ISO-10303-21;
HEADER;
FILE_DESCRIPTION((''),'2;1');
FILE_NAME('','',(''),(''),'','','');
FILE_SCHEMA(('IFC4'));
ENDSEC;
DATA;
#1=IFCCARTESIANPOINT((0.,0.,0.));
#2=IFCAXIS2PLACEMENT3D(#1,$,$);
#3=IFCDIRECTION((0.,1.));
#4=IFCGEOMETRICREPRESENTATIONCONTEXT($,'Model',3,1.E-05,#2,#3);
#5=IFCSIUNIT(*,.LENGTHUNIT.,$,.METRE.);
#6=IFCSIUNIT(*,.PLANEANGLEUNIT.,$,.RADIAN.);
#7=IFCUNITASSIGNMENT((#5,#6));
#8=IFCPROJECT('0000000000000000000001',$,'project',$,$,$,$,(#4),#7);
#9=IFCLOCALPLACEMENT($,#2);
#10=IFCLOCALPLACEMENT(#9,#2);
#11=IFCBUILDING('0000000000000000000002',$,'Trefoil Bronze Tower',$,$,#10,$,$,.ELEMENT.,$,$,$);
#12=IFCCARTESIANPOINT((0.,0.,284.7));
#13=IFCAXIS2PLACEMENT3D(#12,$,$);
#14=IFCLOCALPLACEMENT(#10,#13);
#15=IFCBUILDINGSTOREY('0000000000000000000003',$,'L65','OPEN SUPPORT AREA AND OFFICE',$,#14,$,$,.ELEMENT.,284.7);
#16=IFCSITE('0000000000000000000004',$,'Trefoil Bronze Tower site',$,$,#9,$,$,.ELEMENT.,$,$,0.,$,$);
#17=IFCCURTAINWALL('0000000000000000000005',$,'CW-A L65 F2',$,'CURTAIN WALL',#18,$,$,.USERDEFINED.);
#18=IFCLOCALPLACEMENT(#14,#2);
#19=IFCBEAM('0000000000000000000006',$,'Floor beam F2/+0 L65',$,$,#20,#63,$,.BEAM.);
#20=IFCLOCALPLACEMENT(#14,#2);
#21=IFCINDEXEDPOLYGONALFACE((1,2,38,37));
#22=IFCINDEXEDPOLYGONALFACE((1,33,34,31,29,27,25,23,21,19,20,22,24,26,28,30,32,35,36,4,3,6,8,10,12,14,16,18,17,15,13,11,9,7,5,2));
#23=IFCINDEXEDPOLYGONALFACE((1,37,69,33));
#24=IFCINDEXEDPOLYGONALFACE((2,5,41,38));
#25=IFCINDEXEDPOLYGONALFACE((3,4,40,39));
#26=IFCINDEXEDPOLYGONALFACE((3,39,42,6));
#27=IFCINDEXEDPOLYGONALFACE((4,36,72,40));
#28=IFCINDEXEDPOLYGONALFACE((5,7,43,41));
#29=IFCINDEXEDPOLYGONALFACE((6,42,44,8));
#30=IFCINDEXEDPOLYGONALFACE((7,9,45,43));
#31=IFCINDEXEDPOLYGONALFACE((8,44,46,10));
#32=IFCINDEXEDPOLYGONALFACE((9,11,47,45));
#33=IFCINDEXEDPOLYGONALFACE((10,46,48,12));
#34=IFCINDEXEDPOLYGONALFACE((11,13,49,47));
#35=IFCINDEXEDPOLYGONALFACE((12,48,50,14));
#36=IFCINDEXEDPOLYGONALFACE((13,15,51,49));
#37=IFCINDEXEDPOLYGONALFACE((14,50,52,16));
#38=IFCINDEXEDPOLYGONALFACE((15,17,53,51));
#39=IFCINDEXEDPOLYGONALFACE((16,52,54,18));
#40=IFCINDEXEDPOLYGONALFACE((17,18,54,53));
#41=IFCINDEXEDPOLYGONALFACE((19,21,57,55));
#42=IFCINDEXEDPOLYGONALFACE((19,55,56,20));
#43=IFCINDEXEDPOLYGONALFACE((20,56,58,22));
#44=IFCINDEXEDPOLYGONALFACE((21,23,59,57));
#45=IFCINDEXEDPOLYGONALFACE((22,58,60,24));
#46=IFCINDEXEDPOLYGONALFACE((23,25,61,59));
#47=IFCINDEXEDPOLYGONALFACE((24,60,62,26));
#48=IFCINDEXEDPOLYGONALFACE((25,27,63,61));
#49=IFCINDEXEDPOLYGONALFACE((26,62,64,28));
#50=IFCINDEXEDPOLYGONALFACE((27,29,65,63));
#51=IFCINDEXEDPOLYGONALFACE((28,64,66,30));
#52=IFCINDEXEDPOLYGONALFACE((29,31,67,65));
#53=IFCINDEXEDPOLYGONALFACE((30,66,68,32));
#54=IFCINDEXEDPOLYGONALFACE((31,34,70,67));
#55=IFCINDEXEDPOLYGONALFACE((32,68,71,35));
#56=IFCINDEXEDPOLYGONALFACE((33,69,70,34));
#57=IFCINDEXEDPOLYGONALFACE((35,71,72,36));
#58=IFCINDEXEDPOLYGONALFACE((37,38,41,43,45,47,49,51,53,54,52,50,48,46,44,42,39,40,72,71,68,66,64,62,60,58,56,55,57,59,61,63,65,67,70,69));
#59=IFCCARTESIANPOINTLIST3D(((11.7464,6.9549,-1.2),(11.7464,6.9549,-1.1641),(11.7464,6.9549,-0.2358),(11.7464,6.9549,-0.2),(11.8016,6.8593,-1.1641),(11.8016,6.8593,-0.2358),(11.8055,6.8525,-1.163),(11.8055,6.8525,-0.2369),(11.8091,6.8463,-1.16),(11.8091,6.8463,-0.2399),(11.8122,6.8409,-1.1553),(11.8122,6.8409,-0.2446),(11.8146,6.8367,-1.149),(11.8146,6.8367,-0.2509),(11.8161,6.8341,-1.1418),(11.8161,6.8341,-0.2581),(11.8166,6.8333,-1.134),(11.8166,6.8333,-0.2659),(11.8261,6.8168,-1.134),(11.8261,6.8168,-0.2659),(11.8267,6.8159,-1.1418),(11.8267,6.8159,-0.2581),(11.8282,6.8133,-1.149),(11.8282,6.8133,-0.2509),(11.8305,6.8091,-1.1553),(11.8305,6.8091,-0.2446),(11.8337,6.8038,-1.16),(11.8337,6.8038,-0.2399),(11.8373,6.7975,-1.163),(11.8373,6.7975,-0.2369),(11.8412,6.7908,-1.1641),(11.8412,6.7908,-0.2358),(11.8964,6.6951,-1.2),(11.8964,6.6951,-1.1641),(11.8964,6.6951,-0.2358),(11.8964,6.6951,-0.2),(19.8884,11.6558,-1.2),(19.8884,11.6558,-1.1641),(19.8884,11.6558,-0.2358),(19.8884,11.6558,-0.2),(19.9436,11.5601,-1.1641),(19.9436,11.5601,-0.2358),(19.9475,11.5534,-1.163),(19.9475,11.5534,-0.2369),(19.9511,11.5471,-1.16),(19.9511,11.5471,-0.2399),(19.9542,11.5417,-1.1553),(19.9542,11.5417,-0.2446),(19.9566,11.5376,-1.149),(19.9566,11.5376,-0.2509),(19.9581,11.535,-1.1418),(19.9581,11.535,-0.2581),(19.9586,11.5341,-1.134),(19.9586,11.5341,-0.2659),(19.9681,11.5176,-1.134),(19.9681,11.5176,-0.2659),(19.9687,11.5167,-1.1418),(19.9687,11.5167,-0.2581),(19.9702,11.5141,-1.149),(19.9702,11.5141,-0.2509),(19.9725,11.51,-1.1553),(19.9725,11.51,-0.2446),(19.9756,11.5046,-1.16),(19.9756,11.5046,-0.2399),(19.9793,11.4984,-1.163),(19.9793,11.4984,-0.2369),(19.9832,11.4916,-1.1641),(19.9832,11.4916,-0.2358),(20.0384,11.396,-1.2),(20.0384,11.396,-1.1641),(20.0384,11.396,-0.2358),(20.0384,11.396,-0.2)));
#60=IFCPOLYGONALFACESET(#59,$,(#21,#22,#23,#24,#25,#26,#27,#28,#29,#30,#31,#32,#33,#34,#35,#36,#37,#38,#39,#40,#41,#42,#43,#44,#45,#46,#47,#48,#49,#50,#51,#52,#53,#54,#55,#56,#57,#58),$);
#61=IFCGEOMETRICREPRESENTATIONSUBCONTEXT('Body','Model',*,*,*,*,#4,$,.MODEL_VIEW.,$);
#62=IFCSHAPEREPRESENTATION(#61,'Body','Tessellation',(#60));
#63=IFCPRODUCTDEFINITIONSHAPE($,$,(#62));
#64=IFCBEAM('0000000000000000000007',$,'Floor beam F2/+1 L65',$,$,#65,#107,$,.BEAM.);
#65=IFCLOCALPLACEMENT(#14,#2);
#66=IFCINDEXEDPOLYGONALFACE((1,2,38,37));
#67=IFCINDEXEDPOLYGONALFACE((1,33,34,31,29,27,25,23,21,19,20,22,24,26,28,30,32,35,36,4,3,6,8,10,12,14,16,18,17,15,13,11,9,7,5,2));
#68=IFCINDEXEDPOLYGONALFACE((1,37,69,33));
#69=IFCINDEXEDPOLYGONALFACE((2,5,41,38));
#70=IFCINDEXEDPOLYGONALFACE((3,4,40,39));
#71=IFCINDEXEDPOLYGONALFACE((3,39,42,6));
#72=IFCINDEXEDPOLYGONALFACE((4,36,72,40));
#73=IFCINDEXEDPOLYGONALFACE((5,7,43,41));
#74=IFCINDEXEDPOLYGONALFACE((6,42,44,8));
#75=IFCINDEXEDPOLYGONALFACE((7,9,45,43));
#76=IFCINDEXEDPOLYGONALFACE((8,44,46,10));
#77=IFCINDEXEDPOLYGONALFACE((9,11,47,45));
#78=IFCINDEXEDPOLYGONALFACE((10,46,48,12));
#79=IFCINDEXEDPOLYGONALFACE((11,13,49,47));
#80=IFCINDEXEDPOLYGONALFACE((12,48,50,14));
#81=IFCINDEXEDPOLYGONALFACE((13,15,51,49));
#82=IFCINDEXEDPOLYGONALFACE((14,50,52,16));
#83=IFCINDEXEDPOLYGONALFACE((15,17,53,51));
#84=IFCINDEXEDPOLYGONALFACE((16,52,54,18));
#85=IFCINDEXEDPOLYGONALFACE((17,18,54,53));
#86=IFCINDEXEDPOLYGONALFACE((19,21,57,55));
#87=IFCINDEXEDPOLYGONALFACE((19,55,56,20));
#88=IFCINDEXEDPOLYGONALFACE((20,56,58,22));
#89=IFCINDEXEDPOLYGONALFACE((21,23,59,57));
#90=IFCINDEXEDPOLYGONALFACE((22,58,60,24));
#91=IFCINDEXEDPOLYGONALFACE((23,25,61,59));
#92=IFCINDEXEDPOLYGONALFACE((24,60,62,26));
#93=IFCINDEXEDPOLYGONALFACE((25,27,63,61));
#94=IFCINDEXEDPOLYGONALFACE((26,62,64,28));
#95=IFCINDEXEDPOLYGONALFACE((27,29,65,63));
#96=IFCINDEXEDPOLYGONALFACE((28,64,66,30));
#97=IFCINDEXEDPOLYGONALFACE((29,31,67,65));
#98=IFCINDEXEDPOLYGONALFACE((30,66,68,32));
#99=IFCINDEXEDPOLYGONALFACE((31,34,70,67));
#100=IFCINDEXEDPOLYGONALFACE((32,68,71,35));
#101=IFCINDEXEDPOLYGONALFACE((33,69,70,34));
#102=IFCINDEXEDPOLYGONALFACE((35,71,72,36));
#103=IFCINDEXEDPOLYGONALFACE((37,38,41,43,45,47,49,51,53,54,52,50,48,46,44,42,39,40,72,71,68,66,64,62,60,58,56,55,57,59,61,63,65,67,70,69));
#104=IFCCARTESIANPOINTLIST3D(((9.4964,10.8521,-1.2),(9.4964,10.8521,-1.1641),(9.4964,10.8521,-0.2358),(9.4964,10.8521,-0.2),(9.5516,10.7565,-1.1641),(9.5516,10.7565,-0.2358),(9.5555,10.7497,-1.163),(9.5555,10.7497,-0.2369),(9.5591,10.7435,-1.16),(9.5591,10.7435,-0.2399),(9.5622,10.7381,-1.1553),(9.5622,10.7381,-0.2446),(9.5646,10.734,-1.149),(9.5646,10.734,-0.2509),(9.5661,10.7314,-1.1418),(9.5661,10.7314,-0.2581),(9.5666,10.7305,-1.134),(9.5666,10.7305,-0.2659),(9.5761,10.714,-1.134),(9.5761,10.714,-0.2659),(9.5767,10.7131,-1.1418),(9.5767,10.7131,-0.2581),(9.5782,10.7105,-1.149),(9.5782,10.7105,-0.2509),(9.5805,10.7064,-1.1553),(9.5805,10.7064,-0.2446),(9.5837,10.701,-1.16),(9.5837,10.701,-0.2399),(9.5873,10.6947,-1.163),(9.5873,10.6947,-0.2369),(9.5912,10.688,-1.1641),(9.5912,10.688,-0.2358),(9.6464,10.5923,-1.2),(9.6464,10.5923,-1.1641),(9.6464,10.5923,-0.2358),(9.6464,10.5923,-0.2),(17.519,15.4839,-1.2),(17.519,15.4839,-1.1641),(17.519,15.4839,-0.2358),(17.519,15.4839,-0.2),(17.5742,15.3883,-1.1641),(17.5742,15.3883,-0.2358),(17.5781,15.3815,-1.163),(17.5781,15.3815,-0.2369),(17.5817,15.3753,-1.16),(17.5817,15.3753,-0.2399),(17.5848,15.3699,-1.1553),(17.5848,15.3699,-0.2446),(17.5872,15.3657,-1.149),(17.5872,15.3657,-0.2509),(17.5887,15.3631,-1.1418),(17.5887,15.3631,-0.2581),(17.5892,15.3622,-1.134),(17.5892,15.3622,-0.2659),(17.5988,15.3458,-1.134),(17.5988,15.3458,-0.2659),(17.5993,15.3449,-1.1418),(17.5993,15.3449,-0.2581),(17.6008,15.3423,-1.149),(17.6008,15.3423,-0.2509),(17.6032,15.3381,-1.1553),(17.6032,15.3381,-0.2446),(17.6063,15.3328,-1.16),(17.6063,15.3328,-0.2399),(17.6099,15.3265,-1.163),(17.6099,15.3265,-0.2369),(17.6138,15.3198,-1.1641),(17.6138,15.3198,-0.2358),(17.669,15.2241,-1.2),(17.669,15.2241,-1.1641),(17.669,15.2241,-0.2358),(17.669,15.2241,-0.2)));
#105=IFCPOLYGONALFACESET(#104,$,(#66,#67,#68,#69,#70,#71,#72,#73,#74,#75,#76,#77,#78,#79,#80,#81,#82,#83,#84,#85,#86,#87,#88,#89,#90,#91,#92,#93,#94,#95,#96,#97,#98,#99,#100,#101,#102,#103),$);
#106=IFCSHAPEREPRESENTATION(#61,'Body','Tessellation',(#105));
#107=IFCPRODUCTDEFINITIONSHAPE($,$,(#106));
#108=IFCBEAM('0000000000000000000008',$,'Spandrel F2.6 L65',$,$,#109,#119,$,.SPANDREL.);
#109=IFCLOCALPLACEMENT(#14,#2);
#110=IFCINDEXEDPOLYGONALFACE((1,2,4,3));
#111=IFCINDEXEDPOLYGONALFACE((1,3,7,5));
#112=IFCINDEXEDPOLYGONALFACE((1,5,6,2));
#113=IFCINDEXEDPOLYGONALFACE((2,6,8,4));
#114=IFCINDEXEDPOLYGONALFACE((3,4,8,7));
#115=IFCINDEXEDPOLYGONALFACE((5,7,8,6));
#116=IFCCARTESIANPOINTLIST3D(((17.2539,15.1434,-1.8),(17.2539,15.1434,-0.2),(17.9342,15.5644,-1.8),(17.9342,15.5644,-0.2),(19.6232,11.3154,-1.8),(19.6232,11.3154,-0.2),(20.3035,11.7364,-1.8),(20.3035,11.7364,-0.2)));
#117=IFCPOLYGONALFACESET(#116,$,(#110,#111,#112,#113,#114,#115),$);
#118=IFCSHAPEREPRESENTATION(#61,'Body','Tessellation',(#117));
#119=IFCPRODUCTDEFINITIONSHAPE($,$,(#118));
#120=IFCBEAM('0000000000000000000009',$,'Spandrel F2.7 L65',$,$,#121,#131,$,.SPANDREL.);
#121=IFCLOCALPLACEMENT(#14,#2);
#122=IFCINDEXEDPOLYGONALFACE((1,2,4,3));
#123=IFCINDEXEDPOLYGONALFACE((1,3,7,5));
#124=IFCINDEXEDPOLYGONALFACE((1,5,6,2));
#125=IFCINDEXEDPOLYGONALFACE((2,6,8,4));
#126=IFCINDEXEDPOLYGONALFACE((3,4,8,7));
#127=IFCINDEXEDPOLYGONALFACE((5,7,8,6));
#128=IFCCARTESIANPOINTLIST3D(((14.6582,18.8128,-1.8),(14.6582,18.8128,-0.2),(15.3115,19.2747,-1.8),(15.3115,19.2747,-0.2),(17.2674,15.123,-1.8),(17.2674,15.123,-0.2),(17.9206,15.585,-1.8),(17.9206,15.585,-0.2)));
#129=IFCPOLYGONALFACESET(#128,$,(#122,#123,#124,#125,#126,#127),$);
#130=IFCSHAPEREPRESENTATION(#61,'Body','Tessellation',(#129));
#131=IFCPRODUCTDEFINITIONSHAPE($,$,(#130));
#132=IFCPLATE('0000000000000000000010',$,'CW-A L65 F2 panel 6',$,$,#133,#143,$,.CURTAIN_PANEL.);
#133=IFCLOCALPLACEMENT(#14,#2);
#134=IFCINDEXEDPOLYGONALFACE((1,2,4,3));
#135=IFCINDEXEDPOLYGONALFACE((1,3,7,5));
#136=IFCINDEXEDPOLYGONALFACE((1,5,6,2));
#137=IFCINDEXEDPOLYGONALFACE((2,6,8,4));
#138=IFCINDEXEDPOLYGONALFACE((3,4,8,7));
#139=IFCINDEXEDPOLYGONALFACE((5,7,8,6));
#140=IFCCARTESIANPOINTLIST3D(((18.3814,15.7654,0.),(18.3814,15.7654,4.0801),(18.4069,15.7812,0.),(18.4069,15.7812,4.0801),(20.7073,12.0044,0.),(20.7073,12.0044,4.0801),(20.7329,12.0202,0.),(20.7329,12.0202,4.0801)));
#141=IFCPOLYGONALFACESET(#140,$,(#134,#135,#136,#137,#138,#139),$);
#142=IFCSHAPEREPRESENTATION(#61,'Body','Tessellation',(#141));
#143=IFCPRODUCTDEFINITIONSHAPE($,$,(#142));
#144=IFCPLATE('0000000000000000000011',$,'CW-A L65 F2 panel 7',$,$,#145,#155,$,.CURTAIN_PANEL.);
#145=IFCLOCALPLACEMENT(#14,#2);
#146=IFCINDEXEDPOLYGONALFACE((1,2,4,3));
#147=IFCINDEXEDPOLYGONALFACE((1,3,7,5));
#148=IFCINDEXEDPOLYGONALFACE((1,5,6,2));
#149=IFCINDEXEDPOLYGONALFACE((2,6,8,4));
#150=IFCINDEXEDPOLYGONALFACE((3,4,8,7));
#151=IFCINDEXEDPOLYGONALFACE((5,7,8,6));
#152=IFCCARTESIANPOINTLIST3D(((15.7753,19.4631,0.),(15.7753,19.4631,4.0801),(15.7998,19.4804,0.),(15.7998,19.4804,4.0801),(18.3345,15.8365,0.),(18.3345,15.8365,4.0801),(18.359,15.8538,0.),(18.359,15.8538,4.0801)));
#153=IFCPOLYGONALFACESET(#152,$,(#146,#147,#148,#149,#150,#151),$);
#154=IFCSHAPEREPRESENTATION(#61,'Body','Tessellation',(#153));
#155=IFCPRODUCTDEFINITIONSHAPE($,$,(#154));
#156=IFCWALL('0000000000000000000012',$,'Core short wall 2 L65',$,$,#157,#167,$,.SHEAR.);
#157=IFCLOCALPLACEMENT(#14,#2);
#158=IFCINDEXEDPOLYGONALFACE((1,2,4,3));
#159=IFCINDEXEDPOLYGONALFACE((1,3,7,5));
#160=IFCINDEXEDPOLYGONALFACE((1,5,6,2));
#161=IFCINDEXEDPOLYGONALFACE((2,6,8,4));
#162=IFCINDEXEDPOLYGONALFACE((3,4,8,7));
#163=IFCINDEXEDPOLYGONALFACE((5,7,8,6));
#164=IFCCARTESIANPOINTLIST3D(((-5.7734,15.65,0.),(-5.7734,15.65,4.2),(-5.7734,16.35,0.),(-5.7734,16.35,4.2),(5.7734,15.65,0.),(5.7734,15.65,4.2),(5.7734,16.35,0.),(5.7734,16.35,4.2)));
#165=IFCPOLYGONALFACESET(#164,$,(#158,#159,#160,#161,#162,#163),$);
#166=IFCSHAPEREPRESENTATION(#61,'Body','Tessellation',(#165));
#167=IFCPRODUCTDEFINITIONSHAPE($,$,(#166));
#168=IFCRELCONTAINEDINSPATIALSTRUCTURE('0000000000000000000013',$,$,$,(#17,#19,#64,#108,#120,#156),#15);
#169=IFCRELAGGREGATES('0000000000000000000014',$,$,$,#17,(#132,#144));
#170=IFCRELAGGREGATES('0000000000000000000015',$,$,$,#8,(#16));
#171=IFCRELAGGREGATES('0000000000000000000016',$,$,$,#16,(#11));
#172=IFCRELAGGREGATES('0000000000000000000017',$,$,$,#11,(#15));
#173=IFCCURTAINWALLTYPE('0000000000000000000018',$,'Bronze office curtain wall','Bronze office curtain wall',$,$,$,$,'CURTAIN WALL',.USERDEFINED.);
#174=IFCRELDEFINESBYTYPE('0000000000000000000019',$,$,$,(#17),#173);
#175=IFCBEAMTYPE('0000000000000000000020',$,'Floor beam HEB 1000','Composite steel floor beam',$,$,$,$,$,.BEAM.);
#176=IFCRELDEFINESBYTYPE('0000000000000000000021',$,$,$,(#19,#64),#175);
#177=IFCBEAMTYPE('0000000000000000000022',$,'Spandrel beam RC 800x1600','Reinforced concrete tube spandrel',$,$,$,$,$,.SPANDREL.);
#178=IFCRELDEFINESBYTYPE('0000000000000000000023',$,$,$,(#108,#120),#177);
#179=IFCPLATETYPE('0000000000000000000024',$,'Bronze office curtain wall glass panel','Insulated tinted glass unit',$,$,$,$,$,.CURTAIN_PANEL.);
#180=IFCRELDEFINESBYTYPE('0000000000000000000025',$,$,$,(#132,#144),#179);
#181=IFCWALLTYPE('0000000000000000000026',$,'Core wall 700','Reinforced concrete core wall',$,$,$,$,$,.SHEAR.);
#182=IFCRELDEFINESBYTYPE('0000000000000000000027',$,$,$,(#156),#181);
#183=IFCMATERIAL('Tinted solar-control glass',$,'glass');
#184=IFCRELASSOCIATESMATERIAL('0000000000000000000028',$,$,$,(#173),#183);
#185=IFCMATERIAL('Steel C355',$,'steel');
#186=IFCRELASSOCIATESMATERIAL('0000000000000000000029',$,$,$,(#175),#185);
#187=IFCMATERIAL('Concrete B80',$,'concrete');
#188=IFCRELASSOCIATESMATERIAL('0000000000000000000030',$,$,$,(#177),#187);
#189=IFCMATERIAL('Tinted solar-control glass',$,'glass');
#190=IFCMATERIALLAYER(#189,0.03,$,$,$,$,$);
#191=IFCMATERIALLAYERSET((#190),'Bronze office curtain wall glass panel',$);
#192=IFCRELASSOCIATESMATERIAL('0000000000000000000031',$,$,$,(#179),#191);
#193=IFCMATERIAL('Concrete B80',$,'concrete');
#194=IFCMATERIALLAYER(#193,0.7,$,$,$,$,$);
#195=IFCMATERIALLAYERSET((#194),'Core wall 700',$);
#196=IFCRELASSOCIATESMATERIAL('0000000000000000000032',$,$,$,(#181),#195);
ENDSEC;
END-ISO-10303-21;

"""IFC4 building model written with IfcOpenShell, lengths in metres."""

from ifc_helpers import new_model, si_unit, direction, frame, frame_2d, origin, origin_2d, place, context, subcontext, project, spatial, rectangle, i_section, extrude, material, layer, layer_set, material_profile, profile_set, type_object, element, aggregate, save


model = new_model("IFC4")

# Units and contexts
model_context = context("Model", 3, precision=1e-05, world=origin(), true_north=direction((0.0, 1.0)))
body_context = subcontext(model_context, "Body", "Model", "MODEL_VIEW")
ifc_project = project(units=[si_unit("LENGTHUNIT", "METRE"), si_unit("PLANEANGLEUNIT", "RADIAN")], contexts=[model_context])

# Site, building, storey
site_placement = place(None, origin())
site = spatial("IfcSite", under=ifc_project, at=site_placement, Name="Trefoil Bronze Tower site", CompositionType="ELEMENT", RefElevation=0.0)
building_placement = place(site_placement, origin())
building = spatial("IfcBuilding", under=site, at=building_placement, Name="Trefoil Bronze Tower", CompositionType="ELEMENT")
storey_placement = place(building_placement, frame((0.0, 0.0, 284.7)))
storey = spatial("IfcBuildingStorey", under=building, at=storey_placement, Name="L65", Description="OPEN SUPPORT AREA AND OFFICE", CompositionType="ELEMENT", Elevation=284.7)

# Curtain wall
ifc_material_1 = material(Name="Tinted solar-control glass", Category="glass")
curtain_wall_type = type_object("IfcCurtainWallType", Name="Bronze office curtain wall", Description="Bronze office curtain wall", ElementType="CURTAIN WALL", PredefinedType="USERDEFINED", material=ifc_material_1)
curtain_wall_placement = place(storey_placement, origin())
curtain_wall = element("IfcCurtainWall", 1, at=curtain_wall_placement, inside=storey, type_object=curtain_wall_type, Name="CW-A L65 F2", ObjectType="CURTAIN WALL", PredefinedType="USERDEFINED")

# Beams
ifc_material_2 = material(Name="Steel C355", Category="steel")
ifc_material_profile_1 = material_profile(ifc_material_2, i_section(OverallWidth=0.3, OverallDepth=1.0, WebThickness=0.019, FlangeThickness=0.0359, FilletRadius=0.03, at=origin_2d()), Name="HEB 1000")
ifc_profile_set_1 = profile_set([ifc_material_profile_1], Name="Steel C355")
beam_type_1 = type_object("IfcBeamType", Name="Floor beam HEB 1000", Description="Composite steel floor beam", PredefinedType="BEAM", material=ifc_profile_set_1)
beam_1_placement = place(storey_placement, frame((19.9634, 11.5259, -0.7), z_axis=(-0.866021, -0.500007, 0.0), x_axis=(0.500007, -0.866021, 0.0)))
element("IfcBeam", 2, at=beam_1_placement, inside=storey, type_object=beam_type_1, Name="Floor beam F2/+0 L65", PredefinedType="BEAM", context=body_context, shape_type="SweptSolid", body=[
    extrude(i_section(OverallWidth=0.3, OverallDepth=1.0, WebThickness=0.019, FlangeThickness=0.0359, FilletRadius=0.03, at=origin_2d()), origin(), (0.0, 0.0, 1.0), 9.4016),
])
beam_2_placement = place(storey_placement, frame((17.594, 15.354, -0.7), z_axis=(-0.866029, -0.499994, 0.0), x_axis=(0.499994, -0.866029, 0.0)))
element("IfcBeam", 3, at=beam_2_placement, inside=storey, type_object=beam_type_1, Name="Floor beam F2/+1 L65", PredefinedType="BEAM", context=body_context, shape_type="SweptSolid", body=[
    extrude(i_section(OverallWidth=0.3, OverallDepth=1.0, WebThickness=0.019, FlangeThickness=0.0359, FilletRadius=0.03, at=origin_2d()), origin(), (0.0, 0.0, 1.0), 9.2637),
])
ifc_material_3 = material(Name="Concrete B80", Category="concrete")
ifc_material_profile_2 = material_profile(ifc_material_3, rectangle(XDim=0.8, YDim=1.6001, at=origin_2d()), Name="RC 800x1600")
ifc_profile_set_2 = profile_set([ifc_material_profile_2], Name="Concrete B80")
beam_type_2 = type_object("IfcBeamType", Name="Spandrel beam RC 800x1600", Description="Reinforced concrete tube spandrel", PredefinedType="SPANDREL", material=ifc_profile_set_2)
beam_3_placement = place(storey_placement, frame((19.9634, 11.5259, -1.0), z_axis=(-0.526289, 0.850306, 0.0), x_axis=(-0.850306, -0.526289, 0.0)))
element("IfcBeam", 4, at=beam_3_placement, inside=storey, type_object=beam_type_2, Name="Spandrel F2.6 L65", PredefinedType="SPANDREL", context=body_context, shape_type="SweptSolid", body=[
    extrude(rectangle(XDim=0.8, YDim=1.6001, at=origin_2d()), origin(), (0.0, 0.0, 1.0), 4.502),
])
beam_4_placement = place(storey_placement, frame((17.594, 15.354, -1.0), z_axis=(-0.577368, 0.816484, 0.0), x_axis=(-0.816484, -0.577368, 0.0)))
element("IfcBeam", 5, at=beam_4_placement, inside=storey, type_object=beam_type_2, Name="Spandrel F2.7 L65", PredefinedType="SPANDREL", context=body_context, shape_type="SweptSolid", body=[
    extrude(rectangle(XDim=0.8, YDim=1.6001, at=origin_2d()), origin(), (0.0, 0.0, 1.0), 4.519),
])

# Plates
ifc_material_4 = material(Name="Tinted solar-control glass", Category="glass")
ifc_layer_1 = layer(ifc_material_4, 0.03)
ifc_layer_set_1 = layer_set([ifc_layer_1], Name="Bronze office curtain wall glass panel")
plate_type = type_object("IfcPlateType", Name="Bronze office curtain wall glass panel", Description="Insulated tinted glass unit", PredefinedType="CURTAIN_PANEL", material=ifc_layer_set_1)
plate_1_placement = place(storey_placement, frame((19.5571, 13.8928, 0.0), z_axis=(0.0, 0.0, 1.0), x_axis=(-0.52598, 0.850497, 0.0)))
plate_1 = element("IfcPlate", 6, at=plate_1_placement, type_object=plate_type, Name="CW-A L65 F2 panel 6", PredefinedType="CURTAIN_PANEL", context=body_context, shape_type="SweptSolid", body=[
    extrude(rectangle(XDim=4.4221, YDim=0.03, at=origin_2d()), origin(), (0.0, 0.0, 1.0), 4.0801),
])
plate_2_placement = place(storey_placement, frame((17.0671, 17.6584, 0.0), z_axis=(0.0, 0.0, 1.0), x_axis=(-0.576561, 0.817054, 0.0)))
plate_2 = element("IfcPlate", 7, at=plate_2_placement, type_object=plate_type, Name="CW-A L65 F2 panel 7", PredefinedType="CURTAIN_PANEL", context=body_context, shape_type="SweptSolid", body=[
    extrude(rectangle(XDim=4.4387, YDim=0.03, at=origin_2d()), origin(), (0.0, 0.0, 1.0), 4.0801),
])
aggregate(curtain_wall, [plate_1, plate_2])

# Wall
ifc_material_5 = material(Name="Concrete B80", Category="concrete")
ifc_layer_2 = layer(ifc_material_5, 0.7)
ifc_layer_set_2 = layer_set([ifc_layer_2], Name="Core wall 700")
wall_type_1 = type_object("IfcWallType", Name="Core wall 700", Description="Reinforced concrete core wall", PredefinedType="SHEAR", material=ifc_layer_set_2)
wall_1_placement = place(storey_placement, frame((5.7734, 16.0, 0.0), z_axis=(0.0, 0.0, 1.0), x_axis=(-1.0, 0.0, 0.0)))
element("IfcWall", 8, at=wall_1_placement, inside=storey, type_object=wall_type_1, Name="Core short wall 2 L65", PredefinedType="SHEAR", context=body_context, shape_type="SweptSolid", body=[
    extrude(rectangle(XDim=11.5469, YDim=0.7, at=frame_2d((5.7734, 0.0))), origin(), (0.0, 0.0, 1.0), 4.2),
])

save(model, "model.ifc")
